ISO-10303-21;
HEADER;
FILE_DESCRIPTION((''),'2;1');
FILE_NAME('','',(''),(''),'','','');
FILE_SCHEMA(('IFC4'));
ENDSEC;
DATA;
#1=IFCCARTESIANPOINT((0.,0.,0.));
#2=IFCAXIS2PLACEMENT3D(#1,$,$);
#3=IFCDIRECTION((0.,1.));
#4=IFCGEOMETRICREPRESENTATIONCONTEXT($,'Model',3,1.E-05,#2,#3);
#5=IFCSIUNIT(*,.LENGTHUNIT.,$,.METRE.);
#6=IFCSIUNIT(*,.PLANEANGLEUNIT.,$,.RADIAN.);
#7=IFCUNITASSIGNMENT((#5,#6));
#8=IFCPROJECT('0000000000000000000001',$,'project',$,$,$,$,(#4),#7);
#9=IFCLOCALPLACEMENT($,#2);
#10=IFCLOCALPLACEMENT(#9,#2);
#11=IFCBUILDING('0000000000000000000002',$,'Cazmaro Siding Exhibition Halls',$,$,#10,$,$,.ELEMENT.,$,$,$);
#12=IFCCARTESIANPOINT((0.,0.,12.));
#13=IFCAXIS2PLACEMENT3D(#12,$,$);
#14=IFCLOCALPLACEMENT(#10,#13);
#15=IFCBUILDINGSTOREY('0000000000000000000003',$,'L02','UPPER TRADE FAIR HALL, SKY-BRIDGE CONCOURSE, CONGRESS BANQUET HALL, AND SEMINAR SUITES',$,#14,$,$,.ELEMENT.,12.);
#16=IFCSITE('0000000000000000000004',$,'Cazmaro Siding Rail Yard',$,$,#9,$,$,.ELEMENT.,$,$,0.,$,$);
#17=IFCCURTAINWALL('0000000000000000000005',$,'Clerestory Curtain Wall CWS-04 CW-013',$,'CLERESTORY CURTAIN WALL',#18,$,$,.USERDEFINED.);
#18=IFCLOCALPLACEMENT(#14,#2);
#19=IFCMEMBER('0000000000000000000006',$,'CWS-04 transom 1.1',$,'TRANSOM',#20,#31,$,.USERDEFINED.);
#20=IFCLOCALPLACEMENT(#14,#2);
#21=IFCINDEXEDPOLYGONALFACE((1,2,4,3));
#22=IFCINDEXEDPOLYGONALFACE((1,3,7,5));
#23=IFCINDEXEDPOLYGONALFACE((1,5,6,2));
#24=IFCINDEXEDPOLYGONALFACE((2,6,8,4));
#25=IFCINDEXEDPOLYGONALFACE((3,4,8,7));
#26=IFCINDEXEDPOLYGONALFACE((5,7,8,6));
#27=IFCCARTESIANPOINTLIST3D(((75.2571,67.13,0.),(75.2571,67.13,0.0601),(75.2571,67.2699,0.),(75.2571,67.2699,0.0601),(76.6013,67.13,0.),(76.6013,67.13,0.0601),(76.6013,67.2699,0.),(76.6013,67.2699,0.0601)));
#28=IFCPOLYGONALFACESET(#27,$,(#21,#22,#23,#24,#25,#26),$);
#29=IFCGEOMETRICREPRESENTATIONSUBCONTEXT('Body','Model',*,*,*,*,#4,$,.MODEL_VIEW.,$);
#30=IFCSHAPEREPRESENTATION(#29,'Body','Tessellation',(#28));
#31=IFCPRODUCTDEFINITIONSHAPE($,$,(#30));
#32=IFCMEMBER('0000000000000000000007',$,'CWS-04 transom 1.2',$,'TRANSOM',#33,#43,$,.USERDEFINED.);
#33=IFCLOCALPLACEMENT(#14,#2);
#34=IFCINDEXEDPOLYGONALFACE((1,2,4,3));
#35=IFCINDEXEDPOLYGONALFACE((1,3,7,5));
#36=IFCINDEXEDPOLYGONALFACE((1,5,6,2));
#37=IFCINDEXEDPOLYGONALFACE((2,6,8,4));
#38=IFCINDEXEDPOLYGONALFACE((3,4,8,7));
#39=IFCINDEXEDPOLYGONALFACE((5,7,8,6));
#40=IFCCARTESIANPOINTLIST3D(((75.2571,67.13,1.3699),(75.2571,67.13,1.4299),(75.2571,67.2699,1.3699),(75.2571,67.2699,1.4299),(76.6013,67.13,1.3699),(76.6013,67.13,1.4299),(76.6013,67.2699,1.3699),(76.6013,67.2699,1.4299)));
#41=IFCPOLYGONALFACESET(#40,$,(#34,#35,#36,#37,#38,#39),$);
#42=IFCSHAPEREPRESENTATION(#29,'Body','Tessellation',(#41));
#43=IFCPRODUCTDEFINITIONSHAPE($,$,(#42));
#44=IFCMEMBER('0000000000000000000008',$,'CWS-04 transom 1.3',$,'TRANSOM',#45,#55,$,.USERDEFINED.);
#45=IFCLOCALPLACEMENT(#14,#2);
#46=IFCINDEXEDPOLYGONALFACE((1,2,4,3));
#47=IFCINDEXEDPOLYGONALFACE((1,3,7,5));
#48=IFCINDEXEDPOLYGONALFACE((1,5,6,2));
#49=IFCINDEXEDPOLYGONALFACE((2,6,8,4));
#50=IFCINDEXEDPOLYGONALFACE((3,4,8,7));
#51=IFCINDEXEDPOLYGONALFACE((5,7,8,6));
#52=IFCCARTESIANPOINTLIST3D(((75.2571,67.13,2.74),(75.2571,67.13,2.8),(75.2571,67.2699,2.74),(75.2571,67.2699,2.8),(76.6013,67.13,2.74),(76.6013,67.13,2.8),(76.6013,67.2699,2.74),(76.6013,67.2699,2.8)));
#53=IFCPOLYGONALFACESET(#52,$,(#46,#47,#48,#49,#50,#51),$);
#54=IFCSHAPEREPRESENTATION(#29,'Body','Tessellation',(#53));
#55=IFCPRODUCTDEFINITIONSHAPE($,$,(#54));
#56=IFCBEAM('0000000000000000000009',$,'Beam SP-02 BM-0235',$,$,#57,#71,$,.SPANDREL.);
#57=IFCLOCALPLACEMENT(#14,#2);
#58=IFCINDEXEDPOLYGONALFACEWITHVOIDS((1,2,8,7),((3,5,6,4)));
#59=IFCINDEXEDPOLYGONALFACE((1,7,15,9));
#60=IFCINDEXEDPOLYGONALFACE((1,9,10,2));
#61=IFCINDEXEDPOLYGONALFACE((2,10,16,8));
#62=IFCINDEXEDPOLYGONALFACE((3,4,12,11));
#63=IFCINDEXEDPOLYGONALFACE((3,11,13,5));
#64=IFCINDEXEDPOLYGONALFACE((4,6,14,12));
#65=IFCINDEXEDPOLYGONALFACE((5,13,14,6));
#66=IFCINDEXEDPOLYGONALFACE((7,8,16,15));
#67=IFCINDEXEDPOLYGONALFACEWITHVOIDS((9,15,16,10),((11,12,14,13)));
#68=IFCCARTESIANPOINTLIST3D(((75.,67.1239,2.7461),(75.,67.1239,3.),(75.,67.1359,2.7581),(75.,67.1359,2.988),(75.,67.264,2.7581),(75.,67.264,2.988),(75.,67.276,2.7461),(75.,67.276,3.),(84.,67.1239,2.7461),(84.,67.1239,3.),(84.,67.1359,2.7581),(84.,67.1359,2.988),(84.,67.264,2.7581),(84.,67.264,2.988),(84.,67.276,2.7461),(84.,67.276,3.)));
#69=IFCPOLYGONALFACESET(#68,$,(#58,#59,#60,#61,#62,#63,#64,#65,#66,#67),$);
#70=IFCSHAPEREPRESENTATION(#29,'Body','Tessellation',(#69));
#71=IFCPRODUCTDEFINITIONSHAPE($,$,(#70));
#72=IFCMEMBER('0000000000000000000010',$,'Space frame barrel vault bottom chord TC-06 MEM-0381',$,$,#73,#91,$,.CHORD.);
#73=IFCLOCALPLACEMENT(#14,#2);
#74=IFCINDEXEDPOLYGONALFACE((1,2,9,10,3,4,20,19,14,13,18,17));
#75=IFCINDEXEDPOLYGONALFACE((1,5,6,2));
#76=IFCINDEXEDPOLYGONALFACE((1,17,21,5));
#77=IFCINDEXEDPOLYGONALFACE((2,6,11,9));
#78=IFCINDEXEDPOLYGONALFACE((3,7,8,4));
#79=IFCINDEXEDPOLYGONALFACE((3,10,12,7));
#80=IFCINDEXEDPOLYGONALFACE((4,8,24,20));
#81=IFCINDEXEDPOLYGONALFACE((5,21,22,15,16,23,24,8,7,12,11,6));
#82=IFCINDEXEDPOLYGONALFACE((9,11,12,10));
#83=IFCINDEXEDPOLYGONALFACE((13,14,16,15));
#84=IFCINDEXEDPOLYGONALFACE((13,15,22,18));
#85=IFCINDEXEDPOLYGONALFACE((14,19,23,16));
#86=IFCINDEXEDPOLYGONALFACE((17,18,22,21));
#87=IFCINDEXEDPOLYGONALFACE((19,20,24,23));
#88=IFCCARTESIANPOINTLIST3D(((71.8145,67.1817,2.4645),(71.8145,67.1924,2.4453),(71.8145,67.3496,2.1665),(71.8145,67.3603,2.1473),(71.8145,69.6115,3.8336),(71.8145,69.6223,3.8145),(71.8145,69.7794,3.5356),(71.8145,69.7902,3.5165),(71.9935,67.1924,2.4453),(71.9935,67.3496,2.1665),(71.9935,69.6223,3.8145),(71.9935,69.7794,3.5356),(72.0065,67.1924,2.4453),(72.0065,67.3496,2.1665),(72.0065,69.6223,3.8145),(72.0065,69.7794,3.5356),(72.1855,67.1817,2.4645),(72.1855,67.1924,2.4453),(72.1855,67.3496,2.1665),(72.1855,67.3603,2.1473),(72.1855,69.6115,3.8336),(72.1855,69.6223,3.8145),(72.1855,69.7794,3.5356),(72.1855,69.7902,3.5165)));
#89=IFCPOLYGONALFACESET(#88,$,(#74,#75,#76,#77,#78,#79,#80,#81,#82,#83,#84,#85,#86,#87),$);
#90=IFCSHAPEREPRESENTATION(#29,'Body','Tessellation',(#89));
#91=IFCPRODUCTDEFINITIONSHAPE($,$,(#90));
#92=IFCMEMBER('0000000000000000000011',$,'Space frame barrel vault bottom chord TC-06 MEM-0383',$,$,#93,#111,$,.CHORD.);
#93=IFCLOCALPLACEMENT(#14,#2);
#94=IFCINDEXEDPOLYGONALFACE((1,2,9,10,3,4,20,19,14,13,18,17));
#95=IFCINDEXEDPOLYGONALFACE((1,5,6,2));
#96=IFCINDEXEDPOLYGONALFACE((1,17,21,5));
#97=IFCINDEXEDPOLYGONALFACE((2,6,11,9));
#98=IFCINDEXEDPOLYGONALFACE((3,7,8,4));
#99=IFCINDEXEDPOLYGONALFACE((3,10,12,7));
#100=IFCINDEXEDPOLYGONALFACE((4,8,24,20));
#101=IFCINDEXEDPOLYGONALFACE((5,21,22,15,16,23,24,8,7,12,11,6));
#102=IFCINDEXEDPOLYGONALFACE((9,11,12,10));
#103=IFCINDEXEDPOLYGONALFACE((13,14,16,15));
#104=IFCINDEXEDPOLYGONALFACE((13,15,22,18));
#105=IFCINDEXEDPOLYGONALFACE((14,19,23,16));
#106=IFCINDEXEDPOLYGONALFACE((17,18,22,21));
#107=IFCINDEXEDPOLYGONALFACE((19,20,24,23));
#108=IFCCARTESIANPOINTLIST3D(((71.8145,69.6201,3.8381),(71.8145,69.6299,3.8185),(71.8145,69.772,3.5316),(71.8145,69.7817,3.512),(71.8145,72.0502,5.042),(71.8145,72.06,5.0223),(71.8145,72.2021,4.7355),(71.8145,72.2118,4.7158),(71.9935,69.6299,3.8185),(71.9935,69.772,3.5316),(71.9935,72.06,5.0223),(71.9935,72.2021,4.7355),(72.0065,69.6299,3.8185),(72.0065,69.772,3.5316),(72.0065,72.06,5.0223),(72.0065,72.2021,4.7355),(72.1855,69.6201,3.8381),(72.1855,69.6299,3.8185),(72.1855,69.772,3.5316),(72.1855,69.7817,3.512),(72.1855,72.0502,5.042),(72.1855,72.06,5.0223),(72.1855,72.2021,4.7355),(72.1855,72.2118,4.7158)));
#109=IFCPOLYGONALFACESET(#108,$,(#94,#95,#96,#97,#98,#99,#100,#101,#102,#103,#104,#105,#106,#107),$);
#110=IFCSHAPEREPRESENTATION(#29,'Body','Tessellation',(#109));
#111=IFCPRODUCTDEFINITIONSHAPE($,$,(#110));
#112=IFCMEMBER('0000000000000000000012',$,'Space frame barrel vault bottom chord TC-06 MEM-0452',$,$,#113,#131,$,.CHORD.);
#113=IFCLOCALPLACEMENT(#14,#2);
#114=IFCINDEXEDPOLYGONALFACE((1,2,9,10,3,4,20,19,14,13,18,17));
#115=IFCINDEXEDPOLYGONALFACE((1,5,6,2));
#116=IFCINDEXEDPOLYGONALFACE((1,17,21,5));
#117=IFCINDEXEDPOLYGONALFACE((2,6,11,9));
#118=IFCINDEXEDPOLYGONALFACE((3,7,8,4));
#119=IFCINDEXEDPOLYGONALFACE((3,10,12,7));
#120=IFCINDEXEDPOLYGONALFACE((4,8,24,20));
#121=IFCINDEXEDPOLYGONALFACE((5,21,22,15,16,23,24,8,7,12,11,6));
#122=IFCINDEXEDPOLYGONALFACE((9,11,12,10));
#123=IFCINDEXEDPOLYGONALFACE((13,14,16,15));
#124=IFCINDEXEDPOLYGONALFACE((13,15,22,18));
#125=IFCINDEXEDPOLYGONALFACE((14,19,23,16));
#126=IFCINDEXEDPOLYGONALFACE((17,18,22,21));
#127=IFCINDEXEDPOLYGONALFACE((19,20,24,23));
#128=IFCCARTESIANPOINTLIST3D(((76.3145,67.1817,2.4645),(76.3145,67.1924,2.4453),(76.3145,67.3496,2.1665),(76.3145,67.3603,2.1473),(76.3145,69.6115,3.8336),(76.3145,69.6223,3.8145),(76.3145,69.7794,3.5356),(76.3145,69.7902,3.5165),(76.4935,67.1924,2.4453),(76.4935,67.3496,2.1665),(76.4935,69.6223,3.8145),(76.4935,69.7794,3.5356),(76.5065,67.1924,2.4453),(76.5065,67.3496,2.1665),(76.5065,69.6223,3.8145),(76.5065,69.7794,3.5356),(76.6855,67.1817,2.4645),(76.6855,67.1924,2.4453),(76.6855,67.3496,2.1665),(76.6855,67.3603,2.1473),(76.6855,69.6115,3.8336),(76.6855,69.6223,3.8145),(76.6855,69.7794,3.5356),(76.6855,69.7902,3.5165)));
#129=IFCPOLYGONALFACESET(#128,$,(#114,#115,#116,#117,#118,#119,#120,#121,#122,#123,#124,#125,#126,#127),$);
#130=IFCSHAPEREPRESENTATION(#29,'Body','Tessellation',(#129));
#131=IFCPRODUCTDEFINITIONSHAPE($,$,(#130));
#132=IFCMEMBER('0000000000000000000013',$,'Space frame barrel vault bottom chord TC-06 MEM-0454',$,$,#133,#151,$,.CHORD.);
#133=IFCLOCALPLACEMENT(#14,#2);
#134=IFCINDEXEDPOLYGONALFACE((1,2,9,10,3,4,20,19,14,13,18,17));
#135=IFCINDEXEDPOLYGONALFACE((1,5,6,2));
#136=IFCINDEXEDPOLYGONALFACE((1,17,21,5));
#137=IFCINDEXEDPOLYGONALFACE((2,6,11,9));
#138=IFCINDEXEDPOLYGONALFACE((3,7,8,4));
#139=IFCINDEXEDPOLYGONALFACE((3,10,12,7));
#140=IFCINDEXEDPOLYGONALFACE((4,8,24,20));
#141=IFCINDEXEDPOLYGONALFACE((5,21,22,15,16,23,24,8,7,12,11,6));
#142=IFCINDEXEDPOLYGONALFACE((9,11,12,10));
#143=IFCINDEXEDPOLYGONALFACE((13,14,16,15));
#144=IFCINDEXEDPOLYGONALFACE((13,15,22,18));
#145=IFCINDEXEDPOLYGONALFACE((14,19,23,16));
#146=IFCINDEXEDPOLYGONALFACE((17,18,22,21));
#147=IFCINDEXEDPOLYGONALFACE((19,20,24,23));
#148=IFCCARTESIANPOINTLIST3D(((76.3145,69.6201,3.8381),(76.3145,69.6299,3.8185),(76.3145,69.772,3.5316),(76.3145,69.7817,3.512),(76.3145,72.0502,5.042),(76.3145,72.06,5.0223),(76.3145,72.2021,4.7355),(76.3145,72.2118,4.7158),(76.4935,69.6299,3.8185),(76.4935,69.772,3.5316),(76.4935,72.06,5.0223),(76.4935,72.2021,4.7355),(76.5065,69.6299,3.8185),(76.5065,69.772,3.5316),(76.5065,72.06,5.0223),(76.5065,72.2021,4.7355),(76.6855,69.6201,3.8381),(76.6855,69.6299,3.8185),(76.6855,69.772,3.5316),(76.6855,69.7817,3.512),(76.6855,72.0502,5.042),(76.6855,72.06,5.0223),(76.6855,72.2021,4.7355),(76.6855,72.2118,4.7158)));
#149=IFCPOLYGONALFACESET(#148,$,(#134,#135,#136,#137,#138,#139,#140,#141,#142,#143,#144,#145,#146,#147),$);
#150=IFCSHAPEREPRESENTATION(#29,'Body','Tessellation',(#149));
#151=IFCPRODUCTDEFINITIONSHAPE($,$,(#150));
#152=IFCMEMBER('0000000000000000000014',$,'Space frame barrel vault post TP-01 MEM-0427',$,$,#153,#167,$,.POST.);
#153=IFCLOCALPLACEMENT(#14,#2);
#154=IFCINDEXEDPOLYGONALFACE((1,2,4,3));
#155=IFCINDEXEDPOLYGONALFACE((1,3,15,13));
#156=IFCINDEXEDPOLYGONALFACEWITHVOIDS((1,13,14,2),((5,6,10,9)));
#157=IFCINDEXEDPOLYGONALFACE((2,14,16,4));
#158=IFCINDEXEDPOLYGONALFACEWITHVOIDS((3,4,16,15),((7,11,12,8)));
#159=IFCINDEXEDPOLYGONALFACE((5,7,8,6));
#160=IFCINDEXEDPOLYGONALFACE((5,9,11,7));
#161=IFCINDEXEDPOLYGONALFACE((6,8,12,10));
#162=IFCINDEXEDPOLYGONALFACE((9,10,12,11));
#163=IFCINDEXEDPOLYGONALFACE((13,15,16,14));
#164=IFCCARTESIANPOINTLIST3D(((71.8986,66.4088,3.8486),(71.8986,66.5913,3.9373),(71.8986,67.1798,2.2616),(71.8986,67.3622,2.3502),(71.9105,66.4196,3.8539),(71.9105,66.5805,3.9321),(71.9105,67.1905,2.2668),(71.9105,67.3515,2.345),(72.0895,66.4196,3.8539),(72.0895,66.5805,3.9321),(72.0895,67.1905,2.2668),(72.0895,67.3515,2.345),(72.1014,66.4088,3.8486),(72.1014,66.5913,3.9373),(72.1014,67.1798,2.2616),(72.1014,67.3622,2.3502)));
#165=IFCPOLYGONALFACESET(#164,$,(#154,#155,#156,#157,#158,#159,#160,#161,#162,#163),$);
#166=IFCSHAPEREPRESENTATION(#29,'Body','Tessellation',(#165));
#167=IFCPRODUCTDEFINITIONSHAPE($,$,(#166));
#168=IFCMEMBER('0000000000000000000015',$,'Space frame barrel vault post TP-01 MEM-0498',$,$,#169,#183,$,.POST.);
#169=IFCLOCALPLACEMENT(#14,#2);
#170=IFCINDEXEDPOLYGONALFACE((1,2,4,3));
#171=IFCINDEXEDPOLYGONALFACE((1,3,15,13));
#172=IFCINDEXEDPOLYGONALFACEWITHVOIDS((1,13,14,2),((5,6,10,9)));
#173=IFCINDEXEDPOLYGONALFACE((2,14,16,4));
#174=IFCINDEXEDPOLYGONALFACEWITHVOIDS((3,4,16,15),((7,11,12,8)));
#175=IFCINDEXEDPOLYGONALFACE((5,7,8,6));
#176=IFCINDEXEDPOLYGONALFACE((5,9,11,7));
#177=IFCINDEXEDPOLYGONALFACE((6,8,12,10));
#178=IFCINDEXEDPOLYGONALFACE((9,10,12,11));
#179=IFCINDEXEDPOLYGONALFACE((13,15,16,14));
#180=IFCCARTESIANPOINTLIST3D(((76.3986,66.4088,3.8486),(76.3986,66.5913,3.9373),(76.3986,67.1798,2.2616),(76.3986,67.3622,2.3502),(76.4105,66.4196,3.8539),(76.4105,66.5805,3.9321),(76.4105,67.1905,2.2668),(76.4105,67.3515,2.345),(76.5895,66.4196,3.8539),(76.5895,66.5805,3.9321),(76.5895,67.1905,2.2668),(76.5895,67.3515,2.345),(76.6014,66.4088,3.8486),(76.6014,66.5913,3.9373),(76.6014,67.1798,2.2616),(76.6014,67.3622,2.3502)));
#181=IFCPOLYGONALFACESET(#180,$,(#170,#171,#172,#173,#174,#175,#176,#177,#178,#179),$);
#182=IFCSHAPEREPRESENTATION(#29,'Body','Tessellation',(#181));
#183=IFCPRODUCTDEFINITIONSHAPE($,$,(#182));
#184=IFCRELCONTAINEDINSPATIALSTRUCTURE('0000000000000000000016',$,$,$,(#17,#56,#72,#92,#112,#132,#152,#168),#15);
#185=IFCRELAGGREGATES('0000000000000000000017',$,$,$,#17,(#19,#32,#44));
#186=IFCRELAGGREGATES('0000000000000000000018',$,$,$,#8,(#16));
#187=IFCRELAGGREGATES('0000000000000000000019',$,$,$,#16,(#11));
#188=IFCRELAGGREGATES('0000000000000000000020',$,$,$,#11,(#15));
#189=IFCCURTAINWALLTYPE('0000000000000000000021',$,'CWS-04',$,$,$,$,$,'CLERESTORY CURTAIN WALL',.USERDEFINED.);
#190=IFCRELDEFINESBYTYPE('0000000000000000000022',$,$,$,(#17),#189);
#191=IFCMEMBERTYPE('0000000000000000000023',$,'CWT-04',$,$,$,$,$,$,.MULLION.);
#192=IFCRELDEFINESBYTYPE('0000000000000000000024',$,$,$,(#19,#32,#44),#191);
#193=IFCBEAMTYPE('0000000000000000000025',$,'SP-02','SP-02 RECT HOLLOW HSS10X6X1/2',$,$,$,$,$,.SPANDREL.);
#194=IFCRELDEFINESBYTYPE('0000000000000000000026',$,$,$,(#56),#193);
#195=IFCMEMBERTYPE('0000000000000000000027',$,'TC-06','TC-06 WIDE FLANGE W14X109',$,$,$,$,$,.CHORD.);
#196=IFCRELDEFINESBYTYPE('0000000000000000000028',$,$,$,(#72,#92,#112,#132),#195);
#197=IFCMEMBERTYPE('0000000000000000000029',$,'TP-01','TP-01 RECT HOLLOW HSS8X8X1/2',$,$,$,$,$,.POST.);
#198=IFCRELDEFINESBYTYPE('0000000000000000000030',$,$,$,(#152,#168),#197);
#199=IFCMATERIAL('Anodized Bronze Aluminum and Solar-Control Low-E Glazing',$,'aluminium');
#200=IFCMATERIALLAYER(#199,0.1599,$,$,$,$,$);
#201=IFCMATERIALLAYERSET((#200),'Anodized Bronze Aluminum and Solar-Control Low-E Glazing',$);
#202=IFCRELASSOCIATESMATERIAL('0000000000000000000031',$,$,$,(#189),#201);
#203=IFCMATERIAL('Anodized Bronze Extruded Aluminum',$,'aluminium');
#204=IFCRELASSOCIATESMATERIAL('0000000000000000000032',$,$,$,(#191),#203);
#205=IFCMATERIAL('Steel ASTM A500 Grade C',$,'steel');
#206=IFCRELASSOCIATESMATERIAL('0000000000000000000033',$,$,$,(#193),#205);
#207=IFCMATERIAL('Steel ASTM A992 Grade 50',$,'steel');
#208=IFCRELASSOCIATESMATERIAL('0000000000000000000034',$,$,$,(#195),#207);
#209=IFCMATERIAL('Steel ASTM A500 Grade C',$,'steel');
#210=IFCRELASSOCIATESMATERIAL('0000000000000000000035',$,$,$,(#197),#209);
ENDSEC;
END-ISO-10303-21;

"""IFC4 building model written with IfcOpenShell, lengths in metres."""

from ifc_helpers import new_model, si_unit, direction, frame, origin, origin_2d, place, context, subcontext, project, spatial, rectangle, hollow_rectangle, i_section, extrude, material, layer, layer_set, material_profile, profile_set, type_object, element, aggregate, save


model = new_model("IFC4")

# Units and contexts
model_context = context("Model", 3, precision=1e-05, world=origin(), true_north=direction((0.0, 1.0)))
body_context = subcontext(model_context, "Body", "Model", "MODEL_VIEW")
ifc_project = project(units=[si_unit("LENGTHUNIT", "METRE"), si_unit("PLANEANGLEUNIT", "RADIAN")], contexts=[model_context])

# Site, building, storey
site_placement = place(None, origin())
site = spatial("IfcSite", under=ifc_project, at=site_placement, Name="Cazmaro Siding Rail Yard", CompositionType="ELEMENT", RefElevation=0.0)
building_placement = place(site_placement, origin())
building = spatial("IfcBuilding", under=site, at=building_placement, Name="Cazmaro Siding Exhibition Halls", CompositionType="ELEMENT")
storey_placement = place(building_placement, frame((0.0, 0.0, 12.0)))
storey = spatial("IfcBuildingStorey", under=building, at=storey_placement, Name="L02", Description="UPPER TRADE FAIR HALL, SKY-BRIDGE CONCOURSE, CONGRESS BANQUET HALL, AND SEMINAR SUITES", CompositionType="ELEMENT", Elevation=12.0)

# Curtain wall
ifc_material_1 = material(Name="Anodized Bronze Aluminum and Solar-Control Low-E Glazing", Category="aluminium")
ifc_layer_1 = layer(ifc_material_1, 0.1599)
ifc_layer_set_1 = layer_set([ifc_layer_1], Name="Anodized Bronze Aluminum and Solar-Control Low-E Glazing")
curtain_wall_type = type_object("IfcCurtainWallType", Name="CWS-04", ElementType="CLERESTORY CURTAIN WALL", PredefinedType="USERDEFINED", material=ifc_layer_set_1)
curtain_wall_1_placement = place(storey_placement, origin())
curtain_wall_1 = element("IfcCurtainWall", 1, at=curtain_wall_1_placement, inside=storey, type_object=curtain_wall_type, Name="Clerestory Curtain Wall CWS-04 CW-013", ObjectType="CLERESTORY CURTAIN WALL", PredefinedType="USERDEFINED")

# Members
ifc_material_2 = material(Name="Anodized Bronze Extruded Aluminum", Category="aluminium")
ifc_material_profile_1 = material_profile(ifc_material_2, rectangle(XDim=0.1399, YDim=0.0601, at=origin_2d()), Name="CWT-04")
ifc_profile_set_1 = profile_set([ifc_material_profile_1], Name="Anodized Bronze Extruded Aluminum")
member_type_1 = type_object("IfcMemberType", Name="CWT-04", PredefinedType="MULLION", material=ifc_profile_set_1)
member_1_placement = place(storey_placement, frame((75.2571, 67.2, 0.03), z_axis=(1.0, 0.0, 0.0), x_axis=(0.0, 1.0, 0.0)))
member_1 = element("IfcMember", 2, at=member_1_placement, type_object=member_type_1, Name="CWS-04 transom 1.1", ObjectType="TRANSOM", PredefinedType="USERDEFINED", context=body_context, shape_type="SweptSolid", body=[
    extrude(rectangle(XDim=0.1399, YDim=0.0601, at=origin_2d()), origin(), (0.0, 0.0, 1.0), 1.3442),
])
member_2_placement = place(storey_placement, frame((75.2571, 67.2, 1.3999), z_axis=(1.0, 0.0, 0.0), x_axis=(0.0, 1.0, 0.0)))
member_2 = element("IfcMember", 3, at=member_2_placement, type_object=member_type_1, Name="CWS-04 transom 1.2", ObjectType="TRANSOM", PredefinedType="USERDEFINED", context=body_context, shape_type="SweptSolid", body=[
    extrude(rectangle(XDim=0.1399, YDim=0.0601, at=origin_2d()), origin(), (0.0, 0.0, 1.0), 1.3442),
])
member_3_placement = place(storey_placement, frame((75.2571, 67.2, 2.77), z_axis=(1.0, 0.0, 0.0), x_axis=(0.0, 1.0, 0.0)))
member_3 = element("IfcMember", 4, at=member_3_placement, type_object=member_type_1, Name="CWS-04 transom 1.3", ObjectType="TRANSOM", PredefinedType="USERDEFINED", context=body_context, shape_type="SweptSolid", body=[
    extrude(rectangle(XDim=0.1399, YDim=0.0601, at=origin_2d()), origin(), (0.0, 0.0, 1.0), 1.3442),
])

# Beam
ifc_material_3 = material(Name="Steel ASTM A500 Grade C", Category="steel")
ifc_material_profile_2 = material_profile(ifc_material_3, hollow_rectangle(XDim=0.1521, YDim=0.2539, WallThickness=0.012, at=origin_2d()), Name="HSS10X6X1/2")
ifc_profile_set_2 = profile_set([ifc_material_profile_2], Name="Steel ASTM A500 Grade C")
beam_type_1 = type_object("IfcBeamType", Name="SP-02", Description="SP-02 RECT HOLLOW HSS10X6X1/2", PredefinedType="SPANDREL", material=ifc_profile_set_2)
beam_1_placement = place(storey_placement, frame((75.0, 67.2, 2.873), z_axis=(1.0, 0.0, 0.0), x_axis=(0.0, 1.0, 0.0)))
element("IfcBeam", 5, at=beam_1_placement, inside=storey, type_object=beam_type_1, Name="Beam SP-02 BM-0235", PredefinedType="SPANDREL", context=body_context, shape_type="SweptSolid", body=[
    extrude(hollow_rectangle(XDim=0.1521, YDim=0.2539, WallThickness=0.012, at=origin_2d()), origin(), (0.0, 0.0, 1.0), 9.0),
])

# Members
ifc_material_4 = material(Name="Steel ASTM A992 Grade 50", Category="steel")
ifc_material_profile_3 = material_profile(ifc_material_4, i_section(OverallWidth=0.3711, OverallDepth=0.364, WebThickness=0.0129, FlangeThickness=0.022, at=origin_2d()), Name="W14X109")
ifc_profile_set_3 = profile_set([ifc_material_profile_3], Name="Steel ASTM A992 Grade 50")
member_type_2 = type_object("IfcMemberType", Name="TC-06", Description="TC-06 WIDE FLANGE W14X109", PredefinedType="CHORD", material=ifc_profile_set_3)
member_4_placement = place(storey_placement, frame((72.0, 67.271, 2.3059), z_axis=(0.0, 0.871222, 0.490889), x_axis=(-1.0, 0.0, 0.0)))
element("IfcMember", 6, at=member_4_placement, inside=storey, type_object=member_type_2, Name="Space frame barrel vault bottom chord TC-06 MEM-0381", PredefinedType="CHORD", context=body_context, shape_type="SweptSolid", body=[
    extrude(i_section(OverallWidth=0.3711, OverallDepth=0.364, WebThickness=0.0129, FlangeThickness=0.022, at=origin_2d()), origin(), (0.0, 0.0, 1.0), 2.7891),
])
member_5_placement = place(storey_placement, frame((72.0, 69.7009, 3.675), z_axis=(0.0, 0.896077, 0.443898), x_axis=(-1.0, 0.0, 0.0)))
element("IfcMember", 7, at=member_5_placement, inside=storey, type_object=member_type_2, Name="Space frame barrel vault bottom chord TC-06 MEM-0383", PredefinedType="CHORD", context=body_context, shape_type="SweptSolid", body=[
    extrude(i_section(OverallWidth=0.3711, OverallDepth=0.364, WebThickness=0.0129, FlangeThickness=0.022, at=origin_2d()), origin(), (0.0, 0.0, 1.0), 2.7119),
])
member_6_placement = place(storey_placement, frame((76.5, 67.271, 2.3059), z_axis=(0.0, 0.871222, 0.490889), x_axis=(-1.0, 0.0, 0.0)))
element("IfcMember", 8, at=member_6_placement, inside=storey, type_object=member_type_2, Name="Space frame barrel vault bottom chord TC-06 MEM-0452", PredefinedType="CHORD", context=body_context, shape_type="SweptSolid", body=[
    extrude(i_section(OverallWidth=0.3711, OverallDepth=0.364, WebThickness=0.0129, FlangeThickness=0.022, at=origin_2d()), origin(), (0.0, 0.0, 1.0), 2.7891),
])
member_7_placement = place(storey_placement, frame((76.5, 69.7009, 3.675), z_axis=(0.0, 0.896077, 0.443898), x_axis=(-1.0, 0.0, 0.0)))
element("IfcMember", 9, at=member_7_placement, inside=storey, type_object=member_type_2, Name="Space frame barrel vault bottom chord TC-06 MEM-0454", PredefinedType="CHORD", context=body_context, shape_type="SweptSolid", body=[
    extrude(i_section(OverallWidth=0.3711, OverallDepth=0.364, WebThickness=0.0129, FlangeThickness=0.022, at=origin_2d()), origin(), (0.0, 0.0, 1.0), 2.7119),
])
ifc_material_5 = material(Name="Steel ASTM A500 Grade C", Category="steel")
ifc_material_profile_4 = material_profile(ifc_material_5, hollow_rectangle(XDim=0.2029, YDim=0.2029, WallThickness=0.012, at=origin_2d()), Name="HSS8X8X1/2")
ifc_profile_set_4 = profile_set([ifc_material_profile_4], Name="Steel ASTM A500 Grade C")
member_type_3 = type_object("IfcMemberType", Name="TP-01", Description="TP-01 RECT HOLLOW HSS8X8X1/2", PredefinedType="POST", material=ifc_profile_set_4)
for number, where, z_axis, x_axis, name in (
    (10, (72.0, 67.271, 2.3059), (0.0, -0.436946, 0.899488), (1.0, 0.0, 0.0), "Space frame barrel vault post TP-01 MEM-0427"),
    (11, (76.5, 67.271, 2.3059), (0.0, -0.436946, 0.899488), (1.0, 0.0, 0.0), "Space frame barrel vault post TP-01 MEM-0498"),
):
    element("IfcMember", number, at=place(storey_placement, frame(where, z_axis=z_axis, x_axis=x_axis)), inside=storey, type_object=member_type_3, Name=name, PredefinedType="POST", context=body_context, shape_type="SweptSolid", body=[
        extrude(hollow_rectangle(XDim=0.2029, YDim=0.2029, WallThickness=0.012, at=origin_2d()), origin(), (0.0, 0.0, 1.0), 1.7644),
    ])

aggregate(curtain_wall_1, [member_1, member_2, member_3])

save(model, "model.ifc")
